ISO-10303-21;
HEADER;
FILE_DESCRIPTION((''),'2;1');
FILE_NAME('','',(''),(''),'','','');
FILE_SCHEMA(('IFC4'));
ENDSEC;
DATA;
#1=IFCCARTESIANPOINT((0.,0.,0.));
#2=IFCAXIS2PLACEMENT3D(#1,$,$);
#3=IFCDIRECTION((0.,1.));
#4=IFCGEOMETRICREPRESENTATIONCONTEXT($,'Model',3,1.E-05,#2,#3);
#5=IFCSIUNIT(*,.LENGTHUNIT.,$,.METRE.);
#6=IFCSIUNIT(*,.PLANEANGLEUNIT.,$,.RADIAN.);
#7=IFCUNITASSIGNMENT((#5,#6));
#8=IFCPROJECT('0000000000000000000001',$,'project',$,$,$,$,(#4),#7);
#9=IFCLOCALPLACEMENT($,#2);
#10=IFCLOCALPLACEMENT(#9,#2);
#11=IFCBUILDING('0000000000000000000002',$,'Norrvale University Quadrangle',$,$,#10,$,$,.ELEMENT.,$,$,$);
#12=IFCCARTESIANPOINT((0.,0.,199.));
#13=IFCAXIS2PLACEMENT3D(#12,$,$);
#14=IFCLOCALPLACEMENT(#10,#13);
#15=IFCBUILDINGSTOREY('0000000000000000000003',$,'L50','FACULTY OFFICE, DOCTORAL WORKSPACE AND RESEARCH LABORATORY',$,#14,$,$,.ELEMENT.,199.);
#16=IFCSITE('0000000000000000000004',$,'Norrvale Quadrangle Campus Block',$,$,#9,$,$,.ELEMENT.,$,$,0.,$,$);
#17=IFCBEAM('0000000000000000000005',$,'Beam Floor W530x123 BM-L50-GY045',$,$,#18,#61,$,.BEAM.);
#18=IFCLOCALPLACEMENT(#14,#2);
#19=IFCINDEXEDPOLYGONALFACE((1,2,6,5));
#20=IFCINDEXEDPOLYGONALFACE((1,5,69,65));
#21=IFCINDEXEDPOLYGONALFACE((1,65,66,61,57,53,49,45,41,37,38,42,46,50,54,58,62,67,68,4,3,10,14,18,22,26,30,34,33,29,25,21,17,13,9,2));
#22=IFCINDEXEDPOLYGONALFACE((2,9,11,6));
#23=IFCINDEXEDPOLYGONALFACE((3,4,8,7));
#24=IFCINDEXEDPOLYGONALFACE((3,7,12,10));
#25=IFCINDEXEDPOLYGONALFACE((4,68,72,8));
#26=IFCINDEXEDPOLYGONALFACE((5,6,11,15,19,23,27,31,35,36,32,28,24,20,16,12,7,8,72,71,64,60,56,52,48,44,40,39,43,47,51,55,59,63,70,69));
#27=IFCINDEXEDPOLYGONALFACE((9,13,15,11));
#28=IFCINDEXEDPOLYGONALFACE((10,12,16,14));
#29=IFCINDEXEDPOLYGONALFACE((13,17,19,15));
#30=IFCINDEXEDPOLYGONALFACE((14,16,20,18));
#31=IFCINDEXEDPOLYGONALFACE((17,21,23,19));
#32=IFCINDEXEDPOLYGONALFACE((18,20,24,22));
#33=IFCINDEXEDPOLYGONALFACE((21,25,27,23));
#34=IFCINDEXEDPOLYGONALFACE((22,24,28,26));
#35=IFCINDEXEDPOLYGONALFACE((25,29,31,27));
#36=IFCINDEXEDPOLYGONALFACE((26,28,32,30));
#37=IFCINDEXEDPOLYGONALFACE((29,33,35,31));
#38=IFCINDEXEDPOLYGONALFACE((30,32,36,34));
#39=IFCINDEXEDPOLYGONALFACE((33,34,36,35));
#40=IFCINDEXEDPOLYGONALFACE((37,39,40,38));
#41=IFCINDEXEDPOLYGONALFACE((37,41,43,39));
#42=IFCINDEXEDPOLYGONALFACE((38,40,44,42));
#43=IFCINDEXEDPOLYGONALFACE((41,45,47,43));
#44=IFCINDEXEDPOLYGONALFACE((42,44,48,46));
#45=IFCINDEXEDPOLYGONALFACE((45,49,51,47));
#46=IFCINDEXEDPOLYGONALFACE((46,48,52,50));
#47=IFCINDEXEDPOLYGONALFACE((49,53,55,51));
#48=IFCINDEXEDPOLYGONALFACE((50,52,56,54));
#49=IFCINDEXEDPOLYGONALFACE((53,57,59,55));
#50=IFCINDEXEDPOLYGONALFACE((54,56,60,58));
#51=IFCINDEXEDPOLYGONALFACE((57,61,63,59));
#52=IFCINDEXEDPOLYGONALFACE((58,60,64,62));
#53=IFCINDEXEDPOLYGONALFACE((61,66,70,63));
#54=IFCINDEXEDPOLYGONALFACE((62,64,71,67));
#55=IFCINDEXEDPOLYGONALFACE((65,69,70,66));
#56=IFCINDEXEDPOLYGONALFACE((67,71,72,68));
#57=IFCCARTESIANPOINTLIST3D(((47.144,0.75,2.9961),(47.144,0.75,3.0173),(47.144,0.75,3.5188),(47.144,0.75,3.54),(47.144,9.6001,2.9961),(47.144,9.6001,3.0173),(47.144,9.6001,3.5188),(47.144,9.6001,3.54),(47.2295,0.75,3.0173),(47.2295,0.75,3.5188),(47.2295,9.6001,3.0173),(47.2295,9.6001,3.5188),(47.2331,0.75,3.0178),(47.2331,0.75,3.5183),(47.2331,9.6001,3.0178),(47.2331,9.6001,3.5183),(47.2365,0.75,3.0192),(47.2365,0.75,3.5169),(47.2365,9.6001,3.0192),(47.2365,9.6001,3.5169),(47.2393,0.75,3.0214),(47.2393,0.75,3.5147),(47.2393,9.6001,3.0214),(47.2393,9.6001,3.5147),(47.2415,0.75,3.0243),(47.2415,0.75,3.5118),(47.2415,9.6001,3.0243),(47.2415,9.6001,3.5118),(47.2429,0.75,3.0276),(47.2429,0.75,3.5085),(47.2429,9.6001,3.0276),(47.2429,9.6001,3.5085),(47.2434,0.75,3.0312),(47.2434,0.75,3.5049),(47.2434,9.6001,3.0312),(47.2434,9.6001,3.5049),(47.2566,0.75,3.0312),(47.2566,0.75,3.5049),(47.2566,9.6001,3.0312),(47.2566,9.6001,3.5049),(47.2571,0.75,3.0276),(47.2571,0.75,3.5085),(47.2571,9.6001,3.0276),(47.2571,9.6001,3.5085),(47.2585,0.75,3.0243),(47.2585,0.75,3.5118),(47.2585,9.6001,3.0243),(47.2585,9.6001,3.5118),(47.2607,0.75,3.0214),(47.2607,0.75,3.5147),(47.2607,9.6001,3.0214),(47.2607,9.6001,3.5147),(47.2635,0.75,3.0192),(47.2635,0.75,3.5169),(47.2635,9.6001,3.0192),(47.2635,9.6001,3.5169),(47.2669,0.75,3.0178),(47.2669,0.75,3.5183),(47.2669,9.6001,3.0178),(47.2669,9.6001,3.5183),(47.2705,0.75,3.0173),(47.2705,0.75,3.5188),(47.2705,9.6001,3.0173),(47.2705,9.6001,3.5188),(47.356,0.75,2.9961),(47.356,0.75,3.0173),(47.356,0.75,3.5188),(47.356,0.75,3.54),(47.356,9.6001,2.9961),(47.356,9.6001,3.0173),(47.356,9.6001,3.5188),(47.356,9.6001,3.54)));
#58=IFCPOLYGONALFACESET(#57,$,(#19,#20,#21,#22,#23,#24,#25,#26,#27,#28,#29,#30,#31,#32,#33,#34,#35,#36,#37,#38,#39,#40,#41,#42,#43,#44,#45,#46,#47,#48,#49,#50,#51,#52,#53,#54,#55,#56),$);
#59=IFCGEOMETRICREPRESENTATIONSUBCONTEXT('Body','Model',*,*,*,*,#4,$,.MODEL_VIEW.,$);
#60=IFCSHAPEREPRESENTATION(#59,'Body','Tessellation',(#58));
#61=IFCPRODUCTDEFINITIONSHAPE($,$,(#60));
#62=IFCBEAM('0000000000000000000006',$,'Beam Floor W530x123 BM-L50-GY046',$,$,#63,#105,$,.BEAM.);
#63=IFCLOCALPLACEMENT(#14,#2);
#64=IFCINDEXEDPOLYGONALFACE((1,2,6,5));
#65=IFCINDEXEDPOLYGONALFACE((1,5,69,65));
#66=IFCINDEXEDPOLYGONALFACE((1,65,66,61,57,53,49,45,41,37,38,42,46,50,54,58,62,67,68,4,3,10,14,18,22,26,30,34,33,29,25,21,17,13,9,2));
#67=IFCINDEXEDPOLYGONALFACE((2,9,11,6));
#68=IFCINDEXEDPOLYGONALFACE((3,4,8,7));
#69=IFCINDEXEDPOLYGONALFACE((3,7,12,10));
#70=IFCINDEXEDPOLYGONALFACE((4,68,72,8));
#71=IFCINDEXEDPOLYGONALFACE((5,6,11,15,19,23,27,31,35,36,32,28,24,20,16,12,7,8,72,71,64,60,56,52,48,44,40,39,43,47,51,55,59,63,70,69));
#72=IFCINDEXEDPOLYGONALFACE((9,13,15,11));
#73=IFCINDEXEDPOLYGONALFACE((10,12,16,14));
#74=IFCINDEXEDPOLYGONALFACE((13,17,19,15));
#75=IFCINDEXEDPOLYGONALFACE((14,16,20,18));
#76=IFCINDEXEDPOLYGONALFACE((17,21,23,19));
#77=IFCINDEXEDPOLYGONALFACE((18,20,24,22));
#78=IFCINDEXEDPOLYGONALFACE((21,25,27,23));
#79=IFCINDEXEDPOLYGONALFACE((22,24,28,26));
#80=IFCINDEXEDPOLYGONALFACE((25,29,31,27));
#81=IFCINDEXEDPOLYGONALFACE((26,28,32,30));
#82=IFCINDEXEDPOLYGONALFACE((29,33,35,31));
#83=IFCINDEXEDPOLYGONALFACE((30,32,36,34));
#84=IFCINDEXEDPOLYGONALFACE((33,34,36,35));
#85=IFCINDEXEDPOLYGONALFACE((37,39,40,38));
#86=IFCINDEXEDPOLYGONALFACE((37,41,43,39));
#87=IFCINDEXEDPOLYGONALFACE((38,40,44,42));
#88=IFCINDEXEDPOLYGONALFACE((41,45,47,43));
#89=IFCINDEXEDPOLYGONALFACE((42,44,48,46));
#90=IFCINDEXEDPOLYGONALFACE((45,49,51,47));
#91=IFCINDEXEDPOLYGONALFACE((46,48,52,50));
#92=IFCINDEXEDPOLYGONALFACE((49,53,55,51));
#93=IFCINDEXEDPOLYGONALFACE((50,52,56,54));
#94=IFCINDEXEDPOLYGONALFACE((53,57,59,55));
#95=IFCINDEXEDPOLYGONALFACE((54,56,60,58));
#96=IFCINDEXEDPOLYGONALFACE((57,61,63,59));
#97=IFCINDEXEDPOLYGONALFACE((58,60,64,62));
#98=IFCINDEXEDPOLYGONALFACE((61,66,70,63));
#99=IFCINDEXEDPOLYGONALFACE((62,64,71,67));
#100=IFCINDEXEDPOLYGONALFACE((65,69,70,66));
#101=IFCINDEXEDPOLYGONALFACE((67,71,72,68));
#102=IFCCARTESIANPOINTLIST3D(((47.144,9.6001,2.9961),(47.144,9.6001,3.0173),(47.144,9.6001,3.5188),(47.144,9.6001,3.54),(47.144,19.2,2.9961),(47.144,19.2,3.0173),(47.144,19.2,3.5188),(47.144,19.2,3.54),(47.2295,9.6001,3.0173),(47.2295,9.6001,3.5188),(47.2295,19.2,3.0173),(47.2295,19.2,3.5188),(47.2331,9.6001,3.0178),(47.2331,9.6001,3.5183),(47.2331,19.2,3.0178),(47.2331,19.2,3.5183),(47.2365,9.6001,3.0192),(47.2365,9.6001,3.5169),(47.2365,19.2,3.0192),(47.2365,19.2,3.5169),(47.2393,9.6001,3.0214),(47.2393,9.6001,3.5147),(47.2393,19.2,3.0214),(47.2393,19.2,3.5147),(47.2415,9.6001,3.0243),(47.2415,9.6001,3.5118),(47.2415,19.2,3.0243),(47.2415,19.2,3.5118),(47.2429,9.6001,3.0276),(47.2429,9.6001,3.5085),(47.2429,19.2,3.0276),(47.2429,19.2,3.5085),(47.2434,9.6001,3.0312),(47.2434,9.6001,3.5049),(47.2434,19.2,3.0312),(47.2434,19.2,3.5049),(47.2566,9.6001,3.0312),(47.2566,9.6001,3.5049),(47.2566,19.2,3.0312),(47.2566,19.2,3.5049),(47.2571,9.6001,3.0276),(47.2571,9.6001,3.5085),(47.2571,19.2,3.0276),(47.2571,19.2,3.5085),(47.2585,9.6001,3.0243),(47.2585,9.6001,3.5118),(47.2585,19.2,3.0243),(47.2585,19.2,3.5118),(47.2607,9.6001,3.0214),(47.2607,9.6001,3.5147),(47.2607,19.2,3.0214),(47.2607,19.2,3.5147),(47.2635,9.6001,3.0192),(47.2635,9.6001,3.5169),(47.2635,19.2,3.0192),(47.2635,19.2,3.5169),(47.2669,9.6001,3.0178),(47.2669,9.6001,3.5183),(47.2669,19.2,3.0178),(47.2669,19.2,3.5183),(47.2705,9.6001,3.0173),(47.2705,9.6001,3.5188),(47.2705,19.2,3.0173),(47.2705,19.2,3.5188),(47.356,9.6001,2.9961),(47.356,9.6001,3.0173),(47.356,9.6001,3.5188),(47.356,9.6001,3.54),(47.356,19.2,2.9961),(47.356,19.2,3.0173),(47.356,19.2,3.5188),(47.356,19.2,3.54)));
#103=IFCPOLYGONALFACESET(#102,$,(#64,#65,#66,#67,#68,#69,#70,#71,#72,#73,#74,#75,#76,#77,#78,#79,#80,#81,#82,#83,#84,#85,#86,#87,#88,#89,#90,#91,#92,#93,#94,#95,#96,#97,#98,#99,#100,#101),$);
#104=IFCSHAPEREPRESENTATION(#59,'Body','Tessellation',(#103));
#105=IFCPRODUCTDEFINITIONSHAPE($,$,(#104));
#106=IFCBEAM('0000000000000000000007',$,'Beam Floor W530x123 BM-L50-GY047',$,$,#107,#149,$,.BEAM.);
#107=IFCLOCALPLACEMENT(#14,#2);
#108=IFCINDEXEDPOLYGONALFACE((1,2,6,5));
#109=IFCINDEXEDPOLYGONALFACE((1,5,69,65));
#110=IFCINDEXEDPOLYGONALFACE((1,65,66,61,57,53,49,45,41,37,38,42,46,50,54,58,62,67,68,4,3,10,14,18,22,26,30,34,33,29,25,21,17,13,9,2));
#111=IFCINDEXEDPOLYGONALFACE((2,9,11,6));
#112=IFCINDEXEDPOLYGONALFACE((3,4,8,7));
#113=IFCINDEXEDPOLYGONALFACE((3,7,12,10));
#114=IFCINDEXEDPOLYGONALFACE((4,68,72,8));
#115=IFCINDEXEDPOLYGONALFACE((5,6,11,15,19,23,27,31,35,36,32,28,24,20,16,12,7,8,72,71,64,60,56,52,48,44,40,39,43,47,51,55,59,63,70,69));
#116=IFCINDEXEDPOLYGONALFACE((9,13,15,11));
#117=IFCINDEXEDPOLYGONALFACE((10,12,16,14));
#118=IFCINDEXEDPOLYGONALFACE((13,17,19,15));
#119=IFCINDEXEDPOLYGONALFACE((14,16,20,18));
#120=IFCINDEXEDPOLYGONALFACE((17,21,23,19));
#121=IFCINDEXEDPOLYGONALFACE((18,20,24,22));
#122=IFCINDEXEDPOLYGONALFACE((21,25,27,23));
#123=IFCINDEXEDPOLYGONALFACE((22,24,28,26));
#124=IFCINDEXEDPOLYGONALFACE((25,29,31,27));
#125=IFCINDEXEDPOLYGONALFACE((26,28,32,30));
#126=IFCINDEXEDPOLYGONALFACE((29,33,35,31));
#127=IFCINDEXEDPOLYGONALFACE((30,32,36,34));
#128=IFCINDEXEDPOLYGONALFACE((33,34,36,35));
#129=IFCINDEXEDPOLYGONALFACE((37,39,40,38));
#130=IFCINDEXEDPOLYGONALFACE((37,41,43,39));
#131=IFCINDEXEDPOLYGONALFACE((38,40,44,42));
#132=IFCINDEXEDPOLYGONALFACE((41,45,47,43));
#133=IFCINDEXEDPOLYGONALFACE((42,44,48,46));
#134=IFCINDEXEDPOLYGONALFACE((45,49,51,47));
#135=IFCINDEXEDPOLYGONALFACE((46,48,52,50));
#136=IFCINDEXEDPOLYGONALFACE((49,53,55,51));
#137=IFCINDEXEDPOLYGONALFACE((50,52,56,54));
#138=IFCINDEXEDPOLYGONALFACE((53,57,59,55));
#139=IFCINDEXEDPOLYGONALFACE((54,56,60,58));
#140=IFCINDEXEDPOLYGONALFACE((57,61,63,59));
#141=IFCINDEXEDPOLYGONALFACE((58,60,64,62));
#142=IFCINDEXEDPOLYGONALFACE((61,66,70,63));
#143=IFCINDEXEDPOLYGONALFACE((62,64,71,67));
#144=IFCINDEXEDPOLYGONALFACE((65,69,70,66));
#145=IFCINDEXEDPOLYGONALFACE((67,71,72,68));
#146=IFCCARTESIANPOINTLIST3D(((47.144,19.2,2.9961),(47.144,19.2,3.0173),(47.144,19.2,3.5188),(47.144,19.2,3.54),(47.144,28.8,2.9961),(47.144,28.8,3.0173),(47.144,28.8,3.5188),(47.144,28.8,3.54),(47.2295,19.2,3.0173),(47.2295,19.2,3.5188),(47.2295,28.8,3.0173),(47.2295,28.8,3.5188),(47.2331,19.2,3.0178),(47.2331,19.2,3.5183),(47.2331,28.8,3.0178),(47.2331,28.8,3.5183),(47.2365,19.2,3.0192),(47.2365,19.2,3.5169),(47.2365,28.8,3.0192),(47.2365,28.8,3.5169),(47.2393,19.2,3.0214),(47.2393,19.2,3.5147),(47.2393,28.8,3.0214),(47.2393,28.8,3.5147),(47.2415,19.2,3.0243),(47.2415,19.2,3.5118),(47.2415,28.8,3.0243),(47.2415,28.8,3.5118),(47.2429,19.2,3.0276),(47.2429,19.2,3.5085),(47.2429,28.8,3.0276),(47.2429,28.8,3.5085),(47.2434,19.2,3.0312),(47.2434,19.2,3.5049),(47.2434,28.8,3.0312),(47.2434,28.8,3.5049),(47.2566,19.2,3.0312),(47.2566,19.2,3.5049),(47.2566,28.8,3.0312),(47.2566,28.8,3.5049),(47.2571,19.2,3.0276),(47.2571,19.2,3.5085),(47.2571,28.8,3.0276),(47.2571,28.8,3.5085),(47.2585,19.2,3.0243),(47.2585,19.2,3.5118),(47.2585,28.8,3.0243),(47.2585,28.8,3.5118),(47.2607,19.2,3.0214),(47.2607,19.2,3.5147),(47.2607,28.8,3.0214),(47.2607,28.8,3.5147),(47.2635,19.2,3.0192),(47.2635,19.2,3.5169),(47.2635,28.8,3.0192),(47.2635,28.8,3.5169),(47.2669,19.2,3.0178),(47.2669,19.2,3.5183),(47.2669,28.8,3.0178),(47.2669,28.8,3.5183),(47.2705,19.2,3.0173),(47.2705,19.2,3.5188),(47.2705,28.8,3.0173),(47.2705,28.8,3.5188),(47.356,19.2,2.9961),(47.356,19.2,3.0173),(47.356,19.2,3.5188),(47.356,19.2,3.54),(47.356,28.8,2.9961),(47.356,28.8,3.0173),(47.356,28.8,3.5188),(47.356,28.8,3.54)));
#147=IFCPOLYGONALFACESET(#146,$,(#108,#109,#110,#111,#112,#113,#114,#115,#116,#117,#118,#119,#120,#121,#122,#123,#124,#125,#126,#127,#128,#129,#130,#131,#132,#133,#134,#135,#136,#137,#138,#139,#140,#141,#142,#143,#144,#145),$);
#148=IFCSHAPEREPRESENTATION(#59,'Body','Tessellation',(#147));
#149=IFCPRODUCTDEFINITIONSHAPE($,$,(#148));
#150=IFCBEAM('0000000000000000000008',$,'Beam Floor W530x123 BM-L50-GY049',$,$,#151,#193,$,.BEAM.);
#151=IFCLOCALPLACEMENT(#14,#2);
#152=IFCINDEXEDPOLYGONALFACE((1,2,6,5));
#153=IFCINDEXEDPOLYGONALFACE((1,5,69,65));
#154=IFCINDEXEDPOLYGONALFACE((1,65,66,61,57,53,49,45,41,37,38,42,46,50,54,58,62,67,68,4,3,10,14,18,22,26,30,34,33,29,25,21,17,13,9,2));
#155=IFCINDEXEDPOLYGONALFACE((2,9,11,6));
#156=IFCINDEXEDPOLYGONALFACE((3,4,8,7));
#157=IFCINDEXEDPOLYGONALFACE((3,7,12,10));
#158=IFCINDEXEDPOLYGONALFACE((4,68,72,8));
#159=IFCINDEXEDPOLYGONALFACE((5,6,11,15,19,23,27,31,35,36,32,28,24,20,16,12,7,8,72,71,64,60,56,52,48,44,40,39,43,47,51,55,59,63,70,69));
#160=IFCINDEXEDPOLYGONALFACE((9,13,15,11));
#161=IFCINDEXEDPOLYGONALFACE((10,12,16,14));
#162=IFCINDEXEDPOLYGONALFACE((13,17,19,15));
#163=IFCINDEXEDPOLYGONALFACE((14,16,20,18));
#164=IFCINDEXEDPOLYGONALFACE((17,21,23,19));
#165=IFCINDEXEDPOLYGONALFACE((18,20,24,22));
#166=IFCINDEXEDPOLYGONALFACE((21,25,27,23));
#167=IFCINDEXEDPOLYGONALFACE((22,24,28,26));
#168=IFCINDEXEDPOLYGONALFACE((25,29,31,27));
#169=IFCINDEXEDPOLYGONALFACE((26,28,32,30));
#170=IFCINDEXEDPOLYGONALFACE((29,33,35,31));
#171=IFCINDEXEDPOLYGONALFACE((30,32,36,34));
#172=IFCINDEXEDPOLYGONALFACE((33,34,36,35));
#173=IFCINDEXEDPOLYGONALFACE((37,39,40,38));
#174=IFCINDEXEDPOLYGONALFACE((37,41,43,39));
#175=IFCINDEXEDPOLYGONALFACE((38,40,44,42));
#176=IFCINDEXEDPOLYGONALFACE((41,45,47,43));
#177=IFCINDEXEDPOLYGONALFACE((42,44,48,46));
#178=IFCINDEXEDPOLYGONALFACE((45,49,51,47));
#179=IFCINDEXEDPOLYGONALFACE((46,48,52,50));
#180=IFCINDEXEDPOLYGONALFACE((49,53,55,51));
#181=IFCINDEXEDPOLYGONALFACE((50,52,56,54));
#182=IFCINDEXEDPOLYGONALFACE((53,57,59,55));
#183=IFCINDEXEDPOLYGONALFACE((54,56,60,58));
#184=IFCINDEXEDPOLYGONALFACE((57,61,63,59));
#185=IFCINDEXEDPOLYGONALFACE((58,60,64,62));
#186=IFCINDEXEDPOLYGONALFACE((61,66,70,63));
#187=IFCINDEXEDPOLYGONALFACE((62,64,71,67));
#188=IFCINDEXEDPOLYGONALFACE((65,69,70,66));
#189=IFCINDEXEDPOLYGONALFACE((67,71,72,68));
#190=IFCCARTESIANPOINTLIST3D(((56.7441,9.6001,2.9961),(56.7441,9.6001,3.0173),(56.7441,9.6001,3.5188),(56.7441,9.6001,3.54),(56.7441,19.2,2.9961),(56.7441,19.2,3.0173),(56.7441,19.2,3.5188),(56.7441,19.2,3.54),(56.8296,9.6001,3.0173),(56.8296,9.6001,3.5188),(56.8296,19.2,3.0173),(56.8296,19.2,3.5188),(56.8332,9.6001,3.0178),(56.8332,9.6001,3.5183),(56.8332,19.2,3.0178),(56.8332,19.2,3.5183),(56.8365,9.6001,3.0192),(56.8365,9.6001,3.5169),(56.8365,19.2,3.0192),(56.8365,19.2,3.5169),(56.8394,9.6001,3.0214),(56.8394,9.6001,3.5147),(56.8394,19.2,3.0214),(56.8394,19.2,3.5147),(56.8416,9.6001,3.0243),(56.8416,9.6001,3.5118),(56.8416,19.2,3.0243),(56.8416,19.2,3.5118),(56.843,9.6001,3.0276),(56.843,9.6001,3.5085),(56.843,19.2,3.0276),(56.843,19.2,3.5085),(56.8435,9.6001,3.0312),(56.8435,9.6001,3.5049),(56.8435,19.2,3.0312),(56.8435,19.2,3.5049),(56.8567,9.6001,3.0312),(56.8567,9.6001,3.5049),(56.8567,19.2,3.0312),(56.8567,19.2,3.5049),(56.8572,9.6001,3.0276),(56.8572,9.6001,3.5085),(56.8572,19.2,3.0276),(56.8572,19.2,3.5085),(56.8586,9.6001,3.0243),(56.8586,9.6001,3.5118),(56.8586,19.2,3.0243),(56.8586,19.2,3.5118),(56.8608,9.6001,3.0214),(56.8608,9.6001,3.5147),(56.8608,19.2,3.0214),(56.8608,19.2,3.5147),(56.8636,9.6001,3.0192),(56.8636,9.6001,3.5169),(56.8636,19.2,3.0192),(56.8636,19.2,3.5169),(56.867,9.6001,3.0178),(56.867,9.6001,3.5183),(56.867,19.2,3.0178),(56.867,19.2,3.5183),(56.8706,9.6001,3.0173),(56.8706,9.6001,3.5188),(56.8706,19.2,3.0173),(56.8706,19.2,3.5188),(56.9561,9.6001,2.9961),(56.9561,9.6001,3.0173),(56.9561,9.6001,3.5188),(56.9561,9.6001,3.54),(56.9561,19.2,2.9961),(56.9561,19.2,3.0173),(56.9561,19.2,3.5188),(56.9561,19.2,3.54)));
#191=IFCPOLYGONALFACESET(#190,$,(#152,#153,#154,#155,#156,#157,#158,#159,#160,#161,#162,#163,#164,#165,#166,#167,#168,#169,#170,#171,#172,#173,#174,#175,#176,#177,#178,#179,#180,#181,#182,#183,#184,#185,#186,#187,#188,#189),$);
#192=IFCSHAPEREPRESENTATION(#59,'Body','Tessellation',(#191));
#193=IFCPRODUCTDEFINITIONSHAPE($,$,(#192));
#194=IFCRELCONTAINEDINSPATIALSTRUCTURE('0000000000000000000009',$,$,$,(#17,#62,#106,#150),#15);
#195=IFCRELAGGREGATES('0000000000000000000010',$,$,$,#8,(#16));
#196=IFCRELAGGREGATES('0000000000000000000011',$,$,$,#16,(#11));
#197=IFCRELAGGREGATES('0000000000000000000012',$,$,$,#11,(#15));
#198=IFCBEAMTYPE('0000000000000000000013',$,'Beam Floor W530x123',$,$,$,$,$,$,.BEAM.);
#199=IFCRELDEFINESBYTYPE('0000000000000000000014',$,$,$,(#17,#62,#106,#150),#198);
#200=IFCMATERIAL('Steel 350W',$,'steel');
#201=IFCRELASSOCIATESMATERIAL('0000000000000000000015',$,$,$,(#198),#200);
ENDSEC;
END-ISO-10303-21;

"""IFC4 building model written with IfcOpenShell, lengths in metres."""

from ifc_helpers import new_model, si_unit, direction, frame, origin, origin_2d, place, context, subcontext, project, spatial, i_section, extrude, material, material_profile, profile_set, type_object, element, save


model = new_model("IFC4")

# Units and contexts
model_context = context("Model", 3, precision=1e-05, world=origin(), true_north=direction((0.0, 1.0)))
body_context = subcontext(model_context, "Body", "Model", "MODEL_VIEW")
ifc_project = project(units=[si_unit("LENGTHUNIT", "METRE"), si_unit("PLANEANGLEUNIT", "RADIAN")], contexts=[model_context])

# Site, building, storey
site_placement = place(None, origin())
site = spatial("IfcSite", under=ifc_project, at=site_placement, Name="Norrvale Quadrangle Campus Block", CompositionType="ELEMENT", RefElevation=0.0)
building_placement = place(site_placement, origin())
building = spatial("IfcBuilding", under=site, at=building_placement, Name="Norrvale University Quadrangle", CompositionType="ELEMENT")
storey_placement = place(building_placement, frame((0.0, 0.0, 199.0)))
storey = spatial("IfcBuildingStorey", under=building, at=storey_placement, Name="L50", Description="FACULTY OFFICE, DOCTORAL WORKSPACE AND RESEARCH LABORATORY", CompositionType="ELEMENT", Elevation=199.0)

# Beams
ifc_material_1 = material(Name="Steel 350W", Category="steel")
ifc_material_profile_1 = material_profile(ifc_material_1, i_section(OverallWidth=0.2119, OverallDepth=0.5439, WebThickness=0.0132, FlangeThickness=0.0212, FilletRadius=0.0139, at=origin_2d()), Name="Steel 350W")
ifc_profile_set_1 = profile_set([ifc_material_profile_1], Name="Steel 350W")
beam_type_1 = type_object("IfcBeamType", Name="Beam Floor W530x123", PredefinedType="BEAM", material=ifc_profile_set_1)
beam_1_placement = place(storey_placement, frame((47.25, 0.75, 3.2681), z_axis=(0.0, 1.0, 0.0), x_axis=(-1.0, 0.0, 0.0)))
element("IfcBeam", 1, at=beam_1_placement, inside=storey, type_object=beam_type_1, Name="Beam Floor W530x123 BM-L50-GY045", PredefinedType="BEAM", context=body_context, shape_type="SweptSolid", body=[
    extrude(i_section(OverallWidth=0.2119, OverallDepth=0.5439, WebThickness=0.0132, FlangeThickness=0.0212, FilletRadius=0.0139, at=origin_2d()), origin(), (0.0, 0.0, 1.0), 8.8501),
])
beam_2_placement = place(storey_placement, frame((47.25, 9.6001, 3.2681), z_axis=(0.0, 1.0, 0.0), x_axis=(-1.0, 0.0, 0.0)))
element("IfcBeam", 2, at=beam_2_placement, inside=storey, type_object=beam_type_1, Name="Beam Floor W530x123 BM-L50-GY046", PredefinedType="BEAM", context=body_context, shape_type="SweptSolid", body=[
    extrude(i_section(OverallWidth=0.2119, OverallDepth=0.5439, WebThickness=0.0132, FlangeThickness=0.0212, FilletRadius=0.0139, at=origin_2d()), origin(), (0.0, 0.0, 1.0), 9.5999),
])
beam_3_placement = place(storey_placement, frame((47.25, 19.2, 3.2681), z_axis=(0.0, 1.0, 0.0), x_axis=(-1.0, 0.0, 0.0)))
element("IfcBeam", 3, at=beam_3_placement, inside=storey, type_object=beam_type_1, Name="Beam Floor W530x123 BM-L50-GY047", PredefinedType="BEAM", context=body_context, shape_type="SweptSolid", body=[
    extrude(i_section(OverallWidth=0.2119, OverallDepth=0.5439, WebThickness=0.0132, FlangeThickness=0.0212, FilletRadius=0.0139, at=origin_2d()), origin(), (0.0, 0.0, 1.0), 9.6001),
])
beam_4_placement = place(storey_placement, frame((56.8501, 9.6001, 3.2681), z_axis=(0.0, 1.0, 0.0), x_axis=(-1.0, 0.0, 0.0)))
element("IfcBeam", 4, at=beam_4_placement, inside=storey, type_object=beam_type_1, Name="Beam Floor W530x123 BM-L50-GY049", PredefinedType="BEAM", context=body_context, shape_type="SweptSolid", body=[
    extrude(i_section(OverallWidth=0.2119, OverallDepth=0.5439, WebThickness=0.0132, FlangeThickness=0.0212, FilletRadius=0.0139, at=origin_2d()), origin(), (0.0, 0.0, 1.0), 9.5999),
])

save(model, "model.ifc")
